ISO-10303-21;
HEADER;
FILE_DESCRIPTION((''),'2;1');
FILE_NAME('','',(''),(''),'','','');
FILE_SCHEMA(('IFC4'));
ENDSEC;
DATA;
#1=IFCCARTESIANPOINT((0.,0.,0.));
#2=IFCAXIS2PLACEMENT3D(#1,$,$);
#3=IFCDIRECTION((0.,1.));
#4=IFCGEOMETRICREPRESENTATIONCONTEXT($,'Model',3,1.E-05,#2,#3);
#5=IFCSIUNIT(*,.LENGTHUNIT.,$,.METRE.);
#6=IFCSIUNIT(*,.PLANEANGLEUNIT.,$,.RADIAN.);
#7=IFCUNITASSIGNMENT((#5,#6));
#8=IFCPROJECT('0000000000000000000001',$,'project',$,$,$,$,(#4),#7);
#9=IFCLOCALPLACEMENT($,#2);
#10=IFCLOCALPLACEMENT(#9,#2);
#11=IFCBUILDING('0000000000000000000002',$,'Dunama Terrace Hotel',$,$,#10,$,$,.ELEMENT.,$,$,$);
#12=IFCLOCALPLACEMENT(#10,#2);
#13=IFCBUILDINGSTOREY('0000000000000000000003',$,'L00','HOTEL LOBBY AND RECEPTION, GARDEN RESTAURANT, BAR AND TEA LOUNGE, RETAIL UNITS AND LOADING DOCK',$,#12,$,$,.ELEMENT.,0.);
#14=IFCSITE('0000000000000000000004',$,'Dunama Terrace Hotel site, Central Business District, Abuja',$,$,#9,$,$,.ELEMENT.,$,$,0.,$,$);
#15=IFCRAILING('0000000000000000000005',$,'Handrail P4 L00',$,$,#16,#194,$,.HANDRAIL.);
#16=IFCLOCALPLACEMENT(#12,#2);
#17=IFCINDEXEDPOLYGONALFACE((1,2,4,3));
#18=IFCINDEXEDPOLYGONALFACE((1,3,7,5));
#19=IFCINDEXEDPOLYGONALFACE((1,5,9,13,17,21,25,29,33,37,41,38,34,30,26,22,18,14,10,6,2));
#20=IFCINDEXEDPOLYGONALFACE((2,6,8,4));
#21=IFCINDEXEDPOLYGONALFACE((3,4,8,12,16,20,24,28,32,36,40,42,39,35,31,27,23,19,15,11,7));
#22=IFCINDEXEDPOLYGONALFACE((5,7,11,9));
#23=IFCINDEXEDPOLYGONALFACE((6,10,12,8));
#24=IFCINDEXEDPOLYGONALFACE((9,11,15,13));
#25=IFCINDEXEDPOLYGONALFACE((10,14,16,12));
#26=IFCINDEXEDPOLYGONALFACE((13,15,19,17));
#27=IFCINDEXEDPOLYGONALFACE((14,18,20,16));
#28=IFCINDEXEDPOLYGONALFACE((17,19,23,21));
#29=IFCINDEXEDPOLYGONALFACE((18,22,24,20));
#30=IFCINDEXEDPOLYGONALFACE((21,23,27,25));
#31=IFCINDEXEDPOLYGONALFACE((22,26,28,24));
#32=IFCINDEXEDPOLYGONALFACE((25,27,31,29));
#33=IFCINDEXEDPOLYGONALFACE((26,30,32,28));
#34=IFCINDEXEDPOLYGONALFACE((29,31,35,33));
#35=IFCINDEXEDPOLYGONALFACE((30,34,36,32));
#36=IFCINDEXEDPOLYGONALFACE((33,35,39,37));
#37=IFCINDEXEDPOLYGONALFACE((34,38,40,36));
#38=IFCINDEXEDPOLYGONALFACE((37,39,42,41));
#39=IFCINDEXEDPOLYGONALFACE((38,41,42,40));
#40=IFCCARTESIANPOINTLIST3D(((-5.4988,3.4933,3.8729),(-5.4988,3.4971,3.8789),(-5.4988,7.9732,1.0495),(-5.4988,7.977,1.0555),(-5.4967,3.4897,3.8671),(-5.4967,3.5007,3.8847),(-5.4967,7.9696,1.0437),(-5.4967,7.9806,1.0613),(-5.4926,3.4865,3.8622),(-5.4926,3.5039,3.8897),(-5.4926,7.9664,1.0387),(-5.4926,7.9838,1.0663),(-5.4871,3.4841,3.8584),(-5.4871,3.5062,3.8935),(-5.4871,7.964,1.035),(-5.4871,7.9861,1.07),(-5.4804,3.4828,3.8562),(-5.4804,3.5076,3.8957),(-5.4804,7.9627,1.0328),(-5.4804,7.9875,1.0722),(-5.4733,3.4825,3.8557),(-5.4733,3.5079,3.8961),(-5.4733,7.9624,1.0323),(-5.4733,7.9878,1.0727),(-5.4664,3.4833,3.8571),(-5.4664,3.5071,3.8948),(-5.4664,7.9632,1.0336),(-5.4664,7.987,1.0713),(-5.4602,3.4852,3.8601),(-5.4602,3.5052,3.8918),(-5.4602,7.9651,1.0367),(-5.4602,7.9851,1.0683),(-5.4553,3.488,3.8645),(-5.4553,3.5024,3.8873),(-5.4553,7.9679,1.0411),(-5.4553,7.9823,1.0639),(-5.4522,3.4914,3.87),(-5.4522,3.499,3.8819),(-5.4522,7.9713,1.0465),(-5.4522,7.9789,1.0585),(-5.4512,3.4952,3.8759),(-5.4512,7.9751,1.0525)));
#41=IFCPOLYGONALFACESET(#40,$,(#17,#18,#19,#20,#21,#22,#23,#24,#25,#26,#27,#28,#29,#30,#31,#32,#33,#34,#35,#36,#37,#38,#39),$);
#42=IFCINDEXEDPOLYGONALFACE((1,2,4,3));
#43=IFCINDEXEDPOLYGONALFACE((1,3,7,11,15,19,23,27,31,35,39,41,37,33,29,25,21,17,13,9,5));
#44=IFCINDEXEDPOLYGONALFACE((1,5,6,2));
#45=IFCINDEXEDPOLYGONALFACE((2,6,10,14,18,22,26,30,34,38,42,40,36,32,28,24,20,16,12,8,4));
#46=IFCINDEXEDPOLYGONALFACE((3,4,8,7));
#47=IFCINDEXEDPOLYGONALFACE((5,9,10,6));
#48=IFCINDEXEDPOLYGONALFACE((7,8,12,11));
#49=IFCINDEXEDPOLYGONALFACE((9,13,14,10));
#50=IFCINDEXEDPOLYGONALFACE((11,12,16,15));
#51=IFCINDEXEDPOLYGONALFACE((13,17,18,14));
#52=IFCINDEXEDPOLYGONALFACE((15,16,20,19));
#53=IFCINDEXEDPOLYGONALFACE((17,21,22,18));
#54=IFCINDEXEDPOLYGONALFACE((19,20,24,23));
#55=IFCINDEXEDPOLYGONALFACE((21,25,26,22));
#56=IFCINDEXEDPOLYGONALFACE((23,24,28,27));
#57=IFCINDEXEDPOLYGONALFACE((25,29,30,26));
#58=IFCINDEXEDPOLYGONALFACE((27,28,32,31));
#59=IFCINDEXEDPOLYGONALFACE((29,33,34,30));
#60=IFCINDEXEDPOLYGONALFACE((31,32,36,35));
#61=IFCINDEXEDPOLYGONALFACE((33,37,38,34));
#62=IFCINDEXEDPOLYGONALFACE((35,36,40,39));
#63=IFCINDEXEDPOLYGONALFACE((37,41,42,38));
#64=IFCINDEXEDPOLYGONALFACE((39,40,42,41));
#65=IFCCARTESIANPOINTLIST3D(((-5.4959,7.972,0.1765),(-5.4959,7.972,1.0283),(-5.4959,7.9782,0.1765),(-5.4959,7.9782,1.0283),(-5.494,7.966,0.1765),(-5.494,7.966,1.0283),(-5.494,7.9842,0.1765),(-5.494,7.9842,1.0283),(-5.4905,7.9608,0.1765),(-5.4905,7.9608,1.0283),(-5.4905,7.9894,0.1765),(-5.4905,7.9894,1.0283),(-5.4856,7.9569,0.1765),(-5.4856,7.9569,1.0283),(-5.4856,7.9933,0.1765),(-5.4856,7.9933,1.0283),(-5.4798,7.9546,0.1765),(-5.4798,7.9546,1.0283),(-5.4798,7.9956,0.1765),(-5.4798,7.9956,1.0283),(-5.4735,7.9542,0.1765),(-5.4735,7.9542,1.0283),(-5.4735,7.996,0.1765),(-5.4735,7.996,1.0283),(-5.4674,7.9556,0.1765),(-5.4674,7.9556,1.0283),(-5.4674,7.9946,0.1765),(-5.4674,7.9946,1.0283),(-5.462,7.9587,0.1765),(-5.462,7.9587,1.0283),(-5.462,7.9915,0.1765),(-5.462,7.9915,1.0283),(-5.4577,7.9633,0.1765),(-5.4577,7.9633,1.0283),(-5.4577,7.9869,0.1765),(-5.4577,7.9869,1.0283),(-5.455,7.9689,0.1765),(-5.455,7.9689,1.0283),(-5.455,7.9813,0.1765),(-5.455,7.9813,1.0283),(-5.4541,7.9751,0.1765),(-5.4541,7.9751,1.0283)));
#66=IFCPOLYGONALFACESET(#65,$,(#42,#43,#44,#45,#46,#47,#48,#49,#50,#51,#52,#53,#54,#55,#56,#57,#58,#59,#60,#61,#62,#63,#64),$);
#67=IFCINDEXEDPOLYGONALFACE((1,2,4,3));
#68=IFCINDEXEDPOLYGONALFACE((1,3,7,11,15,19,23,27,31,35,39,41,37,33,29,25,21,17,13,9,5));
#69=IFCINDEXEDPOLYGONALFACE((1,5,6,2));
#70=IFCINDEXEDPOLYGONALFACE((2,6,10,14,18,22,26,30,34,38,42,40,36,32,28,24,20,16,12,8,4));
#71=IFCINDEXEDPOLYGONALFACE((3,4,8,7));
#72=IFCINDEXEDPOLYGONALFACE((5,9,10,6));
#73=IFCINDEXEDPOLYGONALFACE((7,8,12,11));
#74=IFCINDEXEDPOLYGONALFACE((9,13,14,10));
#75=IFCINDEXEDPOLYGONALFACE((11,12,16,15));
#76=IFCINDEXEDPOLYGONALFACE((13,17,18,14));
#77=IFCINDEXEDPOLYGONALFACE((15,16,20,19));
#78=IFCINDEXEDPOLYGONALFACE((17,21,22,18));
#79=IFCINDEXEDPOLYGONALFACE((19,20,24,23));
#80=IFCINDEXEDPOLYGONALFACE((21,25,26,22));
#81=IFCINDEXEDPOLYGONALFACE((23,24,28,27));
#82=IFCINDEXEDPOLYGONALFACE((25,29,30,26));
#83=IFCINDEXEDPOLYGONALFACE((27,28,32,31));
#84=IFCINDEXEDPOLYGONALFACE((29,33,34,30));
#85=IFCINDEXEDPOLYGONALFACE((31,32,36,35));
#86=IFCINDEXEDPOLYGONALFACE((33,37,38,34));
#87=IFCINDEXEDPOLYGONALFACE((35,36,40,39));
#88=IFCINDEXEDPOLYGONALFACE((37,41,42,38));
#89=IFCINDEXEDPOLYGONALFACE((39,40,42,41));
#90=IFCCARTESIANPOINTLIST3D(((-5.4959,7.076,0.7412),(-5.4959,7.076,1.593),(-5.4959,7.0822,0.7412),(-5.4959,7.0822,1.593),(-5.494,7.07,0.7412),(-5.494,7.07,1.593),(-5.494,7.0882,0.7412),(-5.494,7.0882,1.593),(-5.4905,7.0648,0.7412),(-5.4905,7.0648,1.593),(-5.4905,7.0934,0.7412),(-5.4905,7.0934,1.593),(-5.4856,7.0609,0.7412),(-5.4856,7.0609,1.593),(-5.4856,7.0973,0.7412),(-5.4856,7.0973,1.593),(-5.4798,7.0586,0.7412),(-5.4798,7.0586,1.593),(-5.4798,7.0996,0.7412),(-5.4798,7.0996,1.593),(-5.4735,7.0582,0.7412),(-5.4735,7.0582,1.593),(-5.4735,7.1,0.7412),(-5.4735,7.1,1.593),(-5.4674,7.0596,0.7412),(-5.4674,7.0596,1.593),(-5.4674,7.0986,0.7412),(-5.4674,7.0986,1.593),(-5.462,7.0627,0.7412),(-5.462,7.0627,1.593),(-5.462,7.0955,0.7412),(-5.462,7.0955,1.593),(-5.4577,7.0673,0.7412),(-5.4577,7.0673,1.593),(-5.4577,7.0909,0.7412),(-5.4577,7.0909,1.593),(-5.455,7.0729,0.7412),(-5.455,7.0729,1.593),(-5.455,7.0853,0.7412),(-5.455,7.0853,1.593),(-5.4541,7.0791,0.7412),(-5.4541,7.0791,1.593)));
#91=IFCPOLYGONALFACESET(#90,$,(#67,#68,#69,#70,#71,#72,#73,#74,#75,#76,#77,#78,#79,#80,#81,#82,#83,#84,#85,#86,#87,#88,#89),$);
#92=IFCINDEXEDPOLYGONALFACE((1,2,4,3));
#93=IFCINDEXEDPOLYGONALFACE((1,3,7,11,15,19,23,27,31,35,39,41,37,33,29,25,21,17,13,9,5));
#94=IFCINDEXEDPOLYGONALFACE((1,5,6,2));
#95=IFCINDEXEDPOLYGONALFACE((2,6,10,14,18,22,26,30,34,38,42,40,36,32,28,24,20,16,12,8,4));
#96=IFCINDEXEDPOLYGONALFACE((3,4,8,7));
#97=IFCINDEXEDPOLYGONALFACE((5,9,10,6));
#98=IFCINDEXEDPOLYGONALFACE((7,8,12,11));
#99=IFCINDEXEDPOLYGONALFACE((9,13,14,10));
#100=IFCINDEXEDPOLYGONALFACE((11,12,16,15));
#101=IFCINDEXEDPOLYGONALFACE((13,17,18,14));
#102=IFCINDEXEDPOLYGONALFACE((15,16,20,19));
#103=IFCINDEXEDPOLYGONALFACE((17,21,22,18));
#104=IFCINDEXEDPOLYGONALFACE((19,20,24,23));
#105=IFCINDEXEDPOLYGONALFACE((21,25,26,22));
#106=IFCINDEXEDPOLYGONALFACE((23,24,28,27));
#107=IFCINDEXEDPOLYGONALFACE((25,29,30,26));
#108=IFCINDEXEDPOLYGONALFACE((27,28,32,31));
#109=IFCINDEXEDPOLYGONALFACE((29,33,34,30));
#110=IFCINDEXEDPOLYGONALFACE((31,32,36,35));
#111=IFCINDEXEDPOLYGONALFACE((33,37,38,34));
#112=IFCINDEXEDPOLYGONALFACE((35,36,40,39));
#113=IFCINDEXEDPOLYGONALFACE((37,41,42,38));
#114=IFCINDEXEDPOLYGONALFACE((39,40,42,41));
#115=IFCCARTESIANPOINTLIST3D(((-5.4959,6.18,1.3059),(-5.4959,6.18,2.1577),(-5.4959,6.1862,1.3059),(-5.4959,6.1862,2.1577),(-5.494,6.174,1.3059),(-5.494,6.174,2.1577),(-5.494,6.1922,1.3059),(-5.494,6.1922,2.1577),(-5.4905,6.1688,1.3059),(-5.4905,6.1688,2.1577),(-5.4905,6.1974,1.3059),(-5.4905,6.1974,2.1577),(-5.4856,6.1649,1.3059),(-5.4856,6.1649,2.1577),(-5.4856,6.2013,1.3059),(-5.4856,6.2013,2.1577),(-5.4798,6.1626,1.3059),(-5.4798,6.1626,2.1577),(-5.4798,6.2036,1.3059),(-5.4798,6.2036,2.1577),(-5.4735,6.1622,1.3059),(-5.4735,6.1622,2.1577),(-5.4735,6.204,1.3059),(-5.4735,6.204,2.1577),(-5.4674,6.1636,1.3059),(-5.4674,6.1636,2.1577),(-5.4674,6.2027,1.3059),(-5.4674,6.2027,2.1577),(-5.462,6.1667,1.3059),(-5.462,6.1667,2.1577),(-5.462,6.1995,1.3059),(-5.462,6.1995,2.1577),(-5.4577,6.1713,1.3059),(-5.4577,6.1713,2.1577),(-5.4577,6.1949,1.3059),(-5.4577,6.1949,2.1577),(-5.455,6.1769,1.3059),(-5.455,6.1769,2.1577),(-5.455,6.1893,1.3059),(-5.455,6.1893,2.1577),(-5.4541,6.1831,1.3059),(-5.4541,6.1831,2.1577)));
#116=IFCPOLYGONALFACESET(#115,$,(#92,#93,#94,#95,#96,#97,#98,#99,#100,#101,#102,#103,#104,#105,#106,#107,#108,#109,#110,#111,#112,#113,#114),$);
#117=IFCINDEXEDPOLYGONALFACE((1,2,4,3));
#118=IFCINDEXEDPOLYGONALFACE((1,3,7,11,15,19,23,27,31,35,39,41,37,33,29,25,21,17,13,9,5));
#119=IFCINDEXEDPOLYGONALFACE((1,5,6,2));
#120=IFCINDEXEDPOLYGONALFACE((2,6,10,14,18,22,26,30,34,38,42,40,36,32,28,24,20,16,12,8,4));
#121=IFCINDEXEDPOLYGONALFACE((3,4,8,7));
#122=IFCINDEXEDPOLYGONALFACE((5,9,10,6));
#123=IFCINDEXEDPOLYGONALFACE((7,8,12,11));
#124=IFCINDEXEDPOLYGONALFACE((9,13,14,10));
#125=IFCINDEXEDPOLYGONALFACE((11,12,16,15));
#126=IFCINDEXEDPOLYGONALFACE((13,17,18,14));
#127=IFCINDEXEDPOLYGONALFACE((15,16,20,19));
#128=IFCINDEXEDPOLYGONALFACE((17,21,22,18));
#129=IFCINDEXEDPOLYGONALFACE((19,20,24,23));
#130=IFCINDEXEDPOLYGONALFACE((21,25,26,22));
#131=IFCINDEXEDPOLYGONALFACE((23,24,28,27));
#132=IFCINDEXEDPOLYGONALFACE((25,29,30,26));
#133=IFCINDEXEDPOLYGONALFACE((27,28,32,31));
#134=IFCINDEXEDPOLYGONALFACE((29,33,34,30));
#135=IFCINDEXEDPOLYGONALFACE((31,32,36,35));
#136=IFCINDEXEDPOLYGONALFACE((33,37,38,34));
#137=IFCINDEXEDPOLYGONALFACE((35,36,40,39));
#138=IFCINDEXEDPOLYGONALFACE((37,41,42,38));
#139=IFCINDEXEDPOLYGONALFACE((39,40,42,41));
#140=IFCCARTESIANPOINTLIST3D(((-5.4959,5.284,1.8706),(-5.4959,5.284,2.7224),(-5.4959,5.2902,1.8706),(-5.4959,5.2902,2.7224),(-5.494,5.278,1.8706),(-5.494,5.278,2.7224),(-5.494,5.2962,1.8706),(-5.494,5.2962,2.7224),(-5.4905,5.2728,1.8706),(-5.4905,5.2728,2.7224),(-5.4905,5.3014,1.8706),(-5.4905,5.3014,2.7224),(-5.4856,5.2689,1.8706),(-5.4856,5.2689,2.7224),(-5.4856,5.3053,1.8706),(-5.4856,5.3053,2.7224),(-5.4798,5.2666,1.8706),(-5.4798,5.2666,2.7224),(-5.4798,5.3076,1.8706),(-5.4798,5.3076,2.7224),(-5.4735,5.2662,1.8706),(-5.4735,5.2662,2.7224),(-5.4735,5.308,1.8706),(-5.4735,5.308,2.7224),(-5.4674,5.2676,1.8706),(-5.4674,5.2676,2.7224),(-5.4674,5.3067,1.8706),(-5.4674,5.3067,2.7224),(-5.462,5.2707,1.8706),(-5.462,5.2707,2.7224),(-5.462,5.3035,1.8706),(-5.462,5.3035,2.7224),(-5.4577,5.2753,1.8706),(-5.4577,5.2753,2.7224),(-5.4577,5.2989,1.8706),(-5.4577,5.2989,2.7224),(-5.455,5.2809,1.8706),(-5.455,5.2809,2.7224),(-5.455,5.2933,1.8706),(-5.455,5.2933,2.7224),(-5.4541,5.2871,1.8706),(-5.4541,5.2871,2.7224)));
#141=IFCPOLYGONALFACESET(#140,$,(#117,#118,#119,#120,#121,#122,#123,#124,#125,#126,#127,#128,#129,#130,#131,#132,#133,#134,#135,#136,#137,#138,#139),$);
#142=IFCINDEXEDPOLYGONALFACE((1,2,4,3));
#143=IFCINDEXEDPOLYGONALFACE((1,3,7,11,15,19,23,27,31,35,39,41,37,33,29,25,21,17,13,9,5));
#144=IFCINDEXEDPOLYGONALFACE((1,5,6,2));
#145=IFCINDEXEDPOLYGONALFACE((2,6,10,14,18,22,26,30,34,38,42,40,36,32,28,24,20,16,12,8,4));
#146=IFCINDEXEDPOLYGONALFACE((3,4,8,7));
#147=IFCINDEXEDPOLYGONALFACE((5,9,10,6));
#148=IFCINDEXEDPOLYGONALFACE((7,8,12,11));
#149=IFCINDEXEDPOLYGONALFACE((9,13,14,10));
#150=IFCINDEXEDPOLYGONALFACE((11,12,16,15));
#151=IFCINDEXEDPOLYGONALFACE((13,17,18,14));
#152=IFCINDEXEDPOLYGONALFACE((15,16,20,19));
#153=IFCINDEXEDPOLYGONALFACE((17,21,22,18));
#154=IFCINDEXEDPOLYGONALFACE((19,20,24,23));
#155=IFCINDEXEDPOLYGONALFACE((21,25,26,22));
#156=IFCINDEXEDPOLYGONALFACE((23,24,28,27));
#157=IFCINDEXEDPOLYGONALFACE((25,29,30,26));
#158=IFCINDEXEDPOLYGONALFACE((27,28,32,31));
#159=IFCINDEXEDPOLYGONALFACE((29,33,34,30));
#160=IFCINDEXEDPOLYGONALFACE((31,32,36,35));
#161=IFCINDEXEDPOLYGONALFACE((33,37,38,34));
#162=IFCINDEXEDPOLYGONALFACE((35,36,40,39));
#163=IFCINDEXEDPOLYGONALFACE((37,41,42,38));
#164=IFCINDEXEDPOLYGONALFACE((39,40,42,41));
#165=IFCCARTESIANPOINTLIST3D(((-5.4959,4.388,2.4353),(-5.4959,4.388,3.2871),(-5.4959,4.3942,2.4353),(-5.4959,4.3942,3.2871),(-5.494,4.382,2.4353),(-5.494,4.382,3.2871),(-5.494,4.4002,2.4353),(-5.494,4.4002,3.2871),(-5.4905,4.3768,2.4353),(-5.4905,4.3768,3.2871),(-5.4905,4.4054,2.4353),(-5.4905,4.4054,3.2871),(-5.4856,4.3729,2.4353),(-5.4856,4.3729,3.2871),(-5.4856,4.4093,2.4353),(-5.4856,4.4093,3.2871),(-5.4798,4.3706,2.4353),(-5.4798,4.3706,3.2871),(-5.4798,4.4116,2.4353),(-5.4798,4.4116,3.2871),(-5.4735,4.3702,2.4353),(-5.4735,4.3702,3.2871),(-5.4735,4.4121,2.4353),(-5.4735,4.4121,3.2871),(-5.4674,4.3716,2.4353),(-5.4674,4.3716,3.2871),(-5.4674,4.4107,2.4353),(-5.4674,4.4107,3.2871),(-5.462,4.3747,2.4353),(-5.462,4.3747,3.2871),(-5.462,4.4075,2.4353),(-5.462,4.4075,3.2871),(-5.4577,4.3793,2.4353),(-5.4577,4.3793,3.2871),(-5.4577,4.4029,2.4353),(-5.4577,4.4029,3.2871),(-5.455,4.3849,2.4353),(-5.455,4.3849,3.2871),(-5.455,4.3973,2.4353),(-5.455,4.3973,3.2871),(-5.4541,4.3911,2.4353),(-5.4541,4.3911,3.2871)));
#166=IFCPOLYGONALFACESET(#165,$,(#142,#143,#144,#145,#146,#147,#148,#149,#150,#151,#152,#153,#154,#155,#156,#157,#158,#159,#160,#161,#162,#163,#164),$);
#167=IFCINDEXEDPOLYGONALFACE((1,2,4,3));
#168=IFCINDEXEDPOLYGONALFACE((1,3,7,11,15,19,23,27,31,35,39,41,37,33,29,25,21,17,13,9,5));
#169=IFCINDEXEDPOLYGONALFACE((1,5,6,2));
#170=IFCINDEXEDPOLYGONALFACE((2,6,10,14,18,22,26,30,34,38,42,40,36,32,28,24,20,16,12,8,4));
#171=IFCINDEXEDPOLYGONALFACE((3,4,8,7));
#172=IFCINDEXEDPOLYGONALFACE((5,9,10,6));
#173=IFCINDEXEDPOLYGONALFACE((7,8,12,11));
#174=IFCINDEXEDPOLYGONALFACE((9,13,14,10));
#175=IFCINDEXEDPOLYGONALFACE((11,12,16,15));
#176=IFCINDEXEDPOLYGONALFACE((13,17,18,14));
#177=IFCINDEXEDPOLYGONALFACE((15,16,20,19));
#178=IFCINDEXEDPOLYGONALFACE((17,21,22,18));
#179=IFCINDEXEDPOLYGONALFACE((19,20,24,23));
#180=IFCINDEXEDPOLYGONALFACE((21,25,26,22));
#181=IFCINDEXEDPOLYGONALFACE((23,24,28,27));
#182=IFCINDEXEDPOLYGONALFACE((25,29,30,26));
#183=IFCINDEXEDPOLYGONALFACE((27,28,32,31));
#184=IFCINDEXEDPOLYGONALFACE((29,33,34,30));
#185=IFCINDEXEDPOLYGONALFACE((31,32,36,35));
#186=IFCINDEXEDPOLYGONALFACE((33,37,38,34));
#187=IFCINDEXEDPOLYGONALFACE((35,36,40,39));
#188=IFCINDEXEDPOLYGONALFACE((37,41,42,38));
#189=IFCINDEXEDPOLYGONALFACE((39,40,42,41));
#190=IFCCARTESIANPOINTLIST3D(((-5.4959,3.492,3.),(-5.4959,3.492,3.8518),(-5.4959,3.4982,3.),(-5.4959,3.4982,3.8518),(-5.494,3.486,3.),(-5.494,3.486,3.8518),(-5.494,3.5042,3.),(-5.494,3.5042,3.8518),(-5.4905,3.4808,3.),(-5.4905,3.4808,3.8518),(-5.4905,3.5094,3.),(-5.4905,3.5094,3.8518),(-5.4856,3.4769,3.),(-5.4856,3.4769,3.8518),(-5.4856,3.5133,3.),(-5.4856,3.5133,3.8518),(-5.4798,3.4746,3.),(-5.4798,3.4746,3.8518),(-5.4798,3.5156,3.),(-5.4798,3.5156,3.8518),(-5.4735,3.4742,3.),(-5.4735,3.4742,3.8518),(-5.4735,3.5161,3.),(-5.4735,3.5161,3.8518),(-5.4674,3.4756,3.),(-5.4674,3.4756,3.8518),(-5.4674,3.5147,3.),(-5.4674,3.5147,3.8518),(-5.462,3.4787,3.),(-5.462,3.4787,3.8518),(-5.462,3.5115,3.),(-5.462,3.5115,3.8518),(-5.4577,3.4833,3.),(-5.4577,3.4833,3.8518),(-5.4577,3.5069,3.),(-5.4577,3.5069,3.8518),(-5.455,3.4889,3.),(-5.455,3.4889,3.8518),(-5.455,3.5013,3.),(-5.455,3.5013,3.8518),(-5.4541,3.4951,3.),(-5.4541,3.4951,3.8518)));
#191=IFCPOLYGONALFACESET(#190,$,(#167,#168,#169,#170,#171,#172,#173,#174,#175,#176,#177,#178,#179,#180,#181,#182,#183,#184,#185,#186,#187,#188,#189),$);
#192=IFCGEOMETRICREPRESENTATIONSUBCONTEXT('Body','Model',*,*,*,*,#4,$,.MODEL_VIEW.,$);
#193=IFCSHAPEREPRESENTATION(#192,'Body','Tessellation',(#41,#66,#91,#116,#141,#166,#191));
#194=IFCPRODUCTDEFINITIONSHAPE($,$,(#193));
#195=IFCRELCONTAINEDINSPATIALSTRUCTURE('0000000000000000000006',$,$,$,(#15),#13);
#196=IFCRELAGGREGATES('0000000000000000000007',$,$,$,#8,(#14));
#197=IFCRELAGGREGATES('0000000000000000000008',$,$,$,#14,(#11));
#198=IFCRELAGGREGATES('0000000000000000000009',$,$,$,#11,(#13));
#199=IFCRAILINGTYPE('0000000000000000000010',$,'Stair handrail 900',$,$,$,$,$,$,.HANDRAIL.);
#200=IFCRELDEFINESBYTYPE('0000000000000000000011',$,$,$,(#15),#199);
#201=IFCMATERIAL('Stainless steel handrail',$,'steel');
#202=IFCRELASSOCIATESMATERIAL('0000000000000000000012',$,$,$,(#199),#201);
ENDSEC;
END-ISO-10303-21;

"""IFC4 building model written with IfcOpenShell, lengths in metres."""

from ifc_helpers import new_model, si_unit, direction, frame, origin, origin_2d, place, context, subcontext, project, spatial, circle, extrude, material, type_object, element, save


model = new_model("IFC4")

# Units and contexts
model_context = context("Model", 3, precision=1e-05, world=origin(), true_north=direction((0.0, 1.0)))
body_context = subcontext(model_context, "Body", "Model", "MODEL_VIEW")
ifc_project = project(units=[si_unit("LENGTHUNIT", "METRE"), si_unit("PLANEANGLEUNIT", "RADIAN")], contexts=[model_context])

# Site, building, storey
site_placement = place(None, origin())
site = spatial("IfcSite", under=ifc_project, at=site_placement, Name="Dunama Terrace Hotel site, Central Business District, Abuja", CompositionType="ELEMENT", RefElevation=0.0)
building_placement = place(site_placement, origin())
building = spatial("IfcBuilding", under=site, at=building_placement, Name="Dunama Terrace Hotel", CompositionType="ELEMENT")
storey_placement = place(building_placement, origin())
storey = spatial("IfcBuildingStorey", under=building, at=storey_placement, Name="L00", Description="HOTEL LOBBY AND RECEPTION, GARDEN RESTAURANT, BAR AND TEA LOUNGE, RETAIL UNITS AND LOADING DOCK", CompositionType="ELEMENT", Elevation=0.0)

# Railing
ifc_material_1 = material(Name="Stainless steel handrail", Category="steel")
railing_type = type_object("IfcRailingType", Name="Stair handrail 900", PredefinedType="HANDRAIL", material=ifc_material_1)
railing_1_placement = place(storey_placement, frame((-5.4751, 7.9751, 0.1765)))
element("IfcRailing", 1, at=railing_1_placement, inside=storey, type_object=railing_type, Name="Handrail P4 L00", PredefinedType="HANDRAIL", context=body_context, shape_type="SweptSolid", body=[
    extrude(circle(Radius=0.0239, at=origin_2d()), frame((0.0, 0.0, 0.876), z_axis=(0.0, -0.845998, 0.533186), x_axis=(1.0, 0.0, 0.0)), (0.0, 0.0, 1.0), 5.2954),
    extrude(circle(Radius=0.021, at=origin_2d()), origin(), (0.0, 0.0, 1.0), 0.8518),
    extrude(circle(Radius=0.021, at=origin_2d()), frame((0.0, -0.896, 0.5647)), (0.0, 0.0, 1.0), 0.8518),
    extrude(circle(Radius=0.021, at=origin_2d()), frame((0.0, -1.792, 1.1294)), (0.0, 0.0, 1.0), 0.8518),
    extrude(circle(Radius=0.021, at=origin_2d()), frame((0.0, -2.688, 1.6941)), (0.0, 0.0, 1.0), 0.8518),
    extrude(circle(Radius=0.021, at=origin_2d()), frame((0.0, -3.584, 2.2588)), (0.0, 0.0, 1.0), 0.8518),
    extrude(circle(Radius=0.021, at=origin_2d()), frame((0.0, -4.48, 2.8235)), (0.0, 0.0, 1.0), 0.8518),
])

save(model, "model.ifc")
